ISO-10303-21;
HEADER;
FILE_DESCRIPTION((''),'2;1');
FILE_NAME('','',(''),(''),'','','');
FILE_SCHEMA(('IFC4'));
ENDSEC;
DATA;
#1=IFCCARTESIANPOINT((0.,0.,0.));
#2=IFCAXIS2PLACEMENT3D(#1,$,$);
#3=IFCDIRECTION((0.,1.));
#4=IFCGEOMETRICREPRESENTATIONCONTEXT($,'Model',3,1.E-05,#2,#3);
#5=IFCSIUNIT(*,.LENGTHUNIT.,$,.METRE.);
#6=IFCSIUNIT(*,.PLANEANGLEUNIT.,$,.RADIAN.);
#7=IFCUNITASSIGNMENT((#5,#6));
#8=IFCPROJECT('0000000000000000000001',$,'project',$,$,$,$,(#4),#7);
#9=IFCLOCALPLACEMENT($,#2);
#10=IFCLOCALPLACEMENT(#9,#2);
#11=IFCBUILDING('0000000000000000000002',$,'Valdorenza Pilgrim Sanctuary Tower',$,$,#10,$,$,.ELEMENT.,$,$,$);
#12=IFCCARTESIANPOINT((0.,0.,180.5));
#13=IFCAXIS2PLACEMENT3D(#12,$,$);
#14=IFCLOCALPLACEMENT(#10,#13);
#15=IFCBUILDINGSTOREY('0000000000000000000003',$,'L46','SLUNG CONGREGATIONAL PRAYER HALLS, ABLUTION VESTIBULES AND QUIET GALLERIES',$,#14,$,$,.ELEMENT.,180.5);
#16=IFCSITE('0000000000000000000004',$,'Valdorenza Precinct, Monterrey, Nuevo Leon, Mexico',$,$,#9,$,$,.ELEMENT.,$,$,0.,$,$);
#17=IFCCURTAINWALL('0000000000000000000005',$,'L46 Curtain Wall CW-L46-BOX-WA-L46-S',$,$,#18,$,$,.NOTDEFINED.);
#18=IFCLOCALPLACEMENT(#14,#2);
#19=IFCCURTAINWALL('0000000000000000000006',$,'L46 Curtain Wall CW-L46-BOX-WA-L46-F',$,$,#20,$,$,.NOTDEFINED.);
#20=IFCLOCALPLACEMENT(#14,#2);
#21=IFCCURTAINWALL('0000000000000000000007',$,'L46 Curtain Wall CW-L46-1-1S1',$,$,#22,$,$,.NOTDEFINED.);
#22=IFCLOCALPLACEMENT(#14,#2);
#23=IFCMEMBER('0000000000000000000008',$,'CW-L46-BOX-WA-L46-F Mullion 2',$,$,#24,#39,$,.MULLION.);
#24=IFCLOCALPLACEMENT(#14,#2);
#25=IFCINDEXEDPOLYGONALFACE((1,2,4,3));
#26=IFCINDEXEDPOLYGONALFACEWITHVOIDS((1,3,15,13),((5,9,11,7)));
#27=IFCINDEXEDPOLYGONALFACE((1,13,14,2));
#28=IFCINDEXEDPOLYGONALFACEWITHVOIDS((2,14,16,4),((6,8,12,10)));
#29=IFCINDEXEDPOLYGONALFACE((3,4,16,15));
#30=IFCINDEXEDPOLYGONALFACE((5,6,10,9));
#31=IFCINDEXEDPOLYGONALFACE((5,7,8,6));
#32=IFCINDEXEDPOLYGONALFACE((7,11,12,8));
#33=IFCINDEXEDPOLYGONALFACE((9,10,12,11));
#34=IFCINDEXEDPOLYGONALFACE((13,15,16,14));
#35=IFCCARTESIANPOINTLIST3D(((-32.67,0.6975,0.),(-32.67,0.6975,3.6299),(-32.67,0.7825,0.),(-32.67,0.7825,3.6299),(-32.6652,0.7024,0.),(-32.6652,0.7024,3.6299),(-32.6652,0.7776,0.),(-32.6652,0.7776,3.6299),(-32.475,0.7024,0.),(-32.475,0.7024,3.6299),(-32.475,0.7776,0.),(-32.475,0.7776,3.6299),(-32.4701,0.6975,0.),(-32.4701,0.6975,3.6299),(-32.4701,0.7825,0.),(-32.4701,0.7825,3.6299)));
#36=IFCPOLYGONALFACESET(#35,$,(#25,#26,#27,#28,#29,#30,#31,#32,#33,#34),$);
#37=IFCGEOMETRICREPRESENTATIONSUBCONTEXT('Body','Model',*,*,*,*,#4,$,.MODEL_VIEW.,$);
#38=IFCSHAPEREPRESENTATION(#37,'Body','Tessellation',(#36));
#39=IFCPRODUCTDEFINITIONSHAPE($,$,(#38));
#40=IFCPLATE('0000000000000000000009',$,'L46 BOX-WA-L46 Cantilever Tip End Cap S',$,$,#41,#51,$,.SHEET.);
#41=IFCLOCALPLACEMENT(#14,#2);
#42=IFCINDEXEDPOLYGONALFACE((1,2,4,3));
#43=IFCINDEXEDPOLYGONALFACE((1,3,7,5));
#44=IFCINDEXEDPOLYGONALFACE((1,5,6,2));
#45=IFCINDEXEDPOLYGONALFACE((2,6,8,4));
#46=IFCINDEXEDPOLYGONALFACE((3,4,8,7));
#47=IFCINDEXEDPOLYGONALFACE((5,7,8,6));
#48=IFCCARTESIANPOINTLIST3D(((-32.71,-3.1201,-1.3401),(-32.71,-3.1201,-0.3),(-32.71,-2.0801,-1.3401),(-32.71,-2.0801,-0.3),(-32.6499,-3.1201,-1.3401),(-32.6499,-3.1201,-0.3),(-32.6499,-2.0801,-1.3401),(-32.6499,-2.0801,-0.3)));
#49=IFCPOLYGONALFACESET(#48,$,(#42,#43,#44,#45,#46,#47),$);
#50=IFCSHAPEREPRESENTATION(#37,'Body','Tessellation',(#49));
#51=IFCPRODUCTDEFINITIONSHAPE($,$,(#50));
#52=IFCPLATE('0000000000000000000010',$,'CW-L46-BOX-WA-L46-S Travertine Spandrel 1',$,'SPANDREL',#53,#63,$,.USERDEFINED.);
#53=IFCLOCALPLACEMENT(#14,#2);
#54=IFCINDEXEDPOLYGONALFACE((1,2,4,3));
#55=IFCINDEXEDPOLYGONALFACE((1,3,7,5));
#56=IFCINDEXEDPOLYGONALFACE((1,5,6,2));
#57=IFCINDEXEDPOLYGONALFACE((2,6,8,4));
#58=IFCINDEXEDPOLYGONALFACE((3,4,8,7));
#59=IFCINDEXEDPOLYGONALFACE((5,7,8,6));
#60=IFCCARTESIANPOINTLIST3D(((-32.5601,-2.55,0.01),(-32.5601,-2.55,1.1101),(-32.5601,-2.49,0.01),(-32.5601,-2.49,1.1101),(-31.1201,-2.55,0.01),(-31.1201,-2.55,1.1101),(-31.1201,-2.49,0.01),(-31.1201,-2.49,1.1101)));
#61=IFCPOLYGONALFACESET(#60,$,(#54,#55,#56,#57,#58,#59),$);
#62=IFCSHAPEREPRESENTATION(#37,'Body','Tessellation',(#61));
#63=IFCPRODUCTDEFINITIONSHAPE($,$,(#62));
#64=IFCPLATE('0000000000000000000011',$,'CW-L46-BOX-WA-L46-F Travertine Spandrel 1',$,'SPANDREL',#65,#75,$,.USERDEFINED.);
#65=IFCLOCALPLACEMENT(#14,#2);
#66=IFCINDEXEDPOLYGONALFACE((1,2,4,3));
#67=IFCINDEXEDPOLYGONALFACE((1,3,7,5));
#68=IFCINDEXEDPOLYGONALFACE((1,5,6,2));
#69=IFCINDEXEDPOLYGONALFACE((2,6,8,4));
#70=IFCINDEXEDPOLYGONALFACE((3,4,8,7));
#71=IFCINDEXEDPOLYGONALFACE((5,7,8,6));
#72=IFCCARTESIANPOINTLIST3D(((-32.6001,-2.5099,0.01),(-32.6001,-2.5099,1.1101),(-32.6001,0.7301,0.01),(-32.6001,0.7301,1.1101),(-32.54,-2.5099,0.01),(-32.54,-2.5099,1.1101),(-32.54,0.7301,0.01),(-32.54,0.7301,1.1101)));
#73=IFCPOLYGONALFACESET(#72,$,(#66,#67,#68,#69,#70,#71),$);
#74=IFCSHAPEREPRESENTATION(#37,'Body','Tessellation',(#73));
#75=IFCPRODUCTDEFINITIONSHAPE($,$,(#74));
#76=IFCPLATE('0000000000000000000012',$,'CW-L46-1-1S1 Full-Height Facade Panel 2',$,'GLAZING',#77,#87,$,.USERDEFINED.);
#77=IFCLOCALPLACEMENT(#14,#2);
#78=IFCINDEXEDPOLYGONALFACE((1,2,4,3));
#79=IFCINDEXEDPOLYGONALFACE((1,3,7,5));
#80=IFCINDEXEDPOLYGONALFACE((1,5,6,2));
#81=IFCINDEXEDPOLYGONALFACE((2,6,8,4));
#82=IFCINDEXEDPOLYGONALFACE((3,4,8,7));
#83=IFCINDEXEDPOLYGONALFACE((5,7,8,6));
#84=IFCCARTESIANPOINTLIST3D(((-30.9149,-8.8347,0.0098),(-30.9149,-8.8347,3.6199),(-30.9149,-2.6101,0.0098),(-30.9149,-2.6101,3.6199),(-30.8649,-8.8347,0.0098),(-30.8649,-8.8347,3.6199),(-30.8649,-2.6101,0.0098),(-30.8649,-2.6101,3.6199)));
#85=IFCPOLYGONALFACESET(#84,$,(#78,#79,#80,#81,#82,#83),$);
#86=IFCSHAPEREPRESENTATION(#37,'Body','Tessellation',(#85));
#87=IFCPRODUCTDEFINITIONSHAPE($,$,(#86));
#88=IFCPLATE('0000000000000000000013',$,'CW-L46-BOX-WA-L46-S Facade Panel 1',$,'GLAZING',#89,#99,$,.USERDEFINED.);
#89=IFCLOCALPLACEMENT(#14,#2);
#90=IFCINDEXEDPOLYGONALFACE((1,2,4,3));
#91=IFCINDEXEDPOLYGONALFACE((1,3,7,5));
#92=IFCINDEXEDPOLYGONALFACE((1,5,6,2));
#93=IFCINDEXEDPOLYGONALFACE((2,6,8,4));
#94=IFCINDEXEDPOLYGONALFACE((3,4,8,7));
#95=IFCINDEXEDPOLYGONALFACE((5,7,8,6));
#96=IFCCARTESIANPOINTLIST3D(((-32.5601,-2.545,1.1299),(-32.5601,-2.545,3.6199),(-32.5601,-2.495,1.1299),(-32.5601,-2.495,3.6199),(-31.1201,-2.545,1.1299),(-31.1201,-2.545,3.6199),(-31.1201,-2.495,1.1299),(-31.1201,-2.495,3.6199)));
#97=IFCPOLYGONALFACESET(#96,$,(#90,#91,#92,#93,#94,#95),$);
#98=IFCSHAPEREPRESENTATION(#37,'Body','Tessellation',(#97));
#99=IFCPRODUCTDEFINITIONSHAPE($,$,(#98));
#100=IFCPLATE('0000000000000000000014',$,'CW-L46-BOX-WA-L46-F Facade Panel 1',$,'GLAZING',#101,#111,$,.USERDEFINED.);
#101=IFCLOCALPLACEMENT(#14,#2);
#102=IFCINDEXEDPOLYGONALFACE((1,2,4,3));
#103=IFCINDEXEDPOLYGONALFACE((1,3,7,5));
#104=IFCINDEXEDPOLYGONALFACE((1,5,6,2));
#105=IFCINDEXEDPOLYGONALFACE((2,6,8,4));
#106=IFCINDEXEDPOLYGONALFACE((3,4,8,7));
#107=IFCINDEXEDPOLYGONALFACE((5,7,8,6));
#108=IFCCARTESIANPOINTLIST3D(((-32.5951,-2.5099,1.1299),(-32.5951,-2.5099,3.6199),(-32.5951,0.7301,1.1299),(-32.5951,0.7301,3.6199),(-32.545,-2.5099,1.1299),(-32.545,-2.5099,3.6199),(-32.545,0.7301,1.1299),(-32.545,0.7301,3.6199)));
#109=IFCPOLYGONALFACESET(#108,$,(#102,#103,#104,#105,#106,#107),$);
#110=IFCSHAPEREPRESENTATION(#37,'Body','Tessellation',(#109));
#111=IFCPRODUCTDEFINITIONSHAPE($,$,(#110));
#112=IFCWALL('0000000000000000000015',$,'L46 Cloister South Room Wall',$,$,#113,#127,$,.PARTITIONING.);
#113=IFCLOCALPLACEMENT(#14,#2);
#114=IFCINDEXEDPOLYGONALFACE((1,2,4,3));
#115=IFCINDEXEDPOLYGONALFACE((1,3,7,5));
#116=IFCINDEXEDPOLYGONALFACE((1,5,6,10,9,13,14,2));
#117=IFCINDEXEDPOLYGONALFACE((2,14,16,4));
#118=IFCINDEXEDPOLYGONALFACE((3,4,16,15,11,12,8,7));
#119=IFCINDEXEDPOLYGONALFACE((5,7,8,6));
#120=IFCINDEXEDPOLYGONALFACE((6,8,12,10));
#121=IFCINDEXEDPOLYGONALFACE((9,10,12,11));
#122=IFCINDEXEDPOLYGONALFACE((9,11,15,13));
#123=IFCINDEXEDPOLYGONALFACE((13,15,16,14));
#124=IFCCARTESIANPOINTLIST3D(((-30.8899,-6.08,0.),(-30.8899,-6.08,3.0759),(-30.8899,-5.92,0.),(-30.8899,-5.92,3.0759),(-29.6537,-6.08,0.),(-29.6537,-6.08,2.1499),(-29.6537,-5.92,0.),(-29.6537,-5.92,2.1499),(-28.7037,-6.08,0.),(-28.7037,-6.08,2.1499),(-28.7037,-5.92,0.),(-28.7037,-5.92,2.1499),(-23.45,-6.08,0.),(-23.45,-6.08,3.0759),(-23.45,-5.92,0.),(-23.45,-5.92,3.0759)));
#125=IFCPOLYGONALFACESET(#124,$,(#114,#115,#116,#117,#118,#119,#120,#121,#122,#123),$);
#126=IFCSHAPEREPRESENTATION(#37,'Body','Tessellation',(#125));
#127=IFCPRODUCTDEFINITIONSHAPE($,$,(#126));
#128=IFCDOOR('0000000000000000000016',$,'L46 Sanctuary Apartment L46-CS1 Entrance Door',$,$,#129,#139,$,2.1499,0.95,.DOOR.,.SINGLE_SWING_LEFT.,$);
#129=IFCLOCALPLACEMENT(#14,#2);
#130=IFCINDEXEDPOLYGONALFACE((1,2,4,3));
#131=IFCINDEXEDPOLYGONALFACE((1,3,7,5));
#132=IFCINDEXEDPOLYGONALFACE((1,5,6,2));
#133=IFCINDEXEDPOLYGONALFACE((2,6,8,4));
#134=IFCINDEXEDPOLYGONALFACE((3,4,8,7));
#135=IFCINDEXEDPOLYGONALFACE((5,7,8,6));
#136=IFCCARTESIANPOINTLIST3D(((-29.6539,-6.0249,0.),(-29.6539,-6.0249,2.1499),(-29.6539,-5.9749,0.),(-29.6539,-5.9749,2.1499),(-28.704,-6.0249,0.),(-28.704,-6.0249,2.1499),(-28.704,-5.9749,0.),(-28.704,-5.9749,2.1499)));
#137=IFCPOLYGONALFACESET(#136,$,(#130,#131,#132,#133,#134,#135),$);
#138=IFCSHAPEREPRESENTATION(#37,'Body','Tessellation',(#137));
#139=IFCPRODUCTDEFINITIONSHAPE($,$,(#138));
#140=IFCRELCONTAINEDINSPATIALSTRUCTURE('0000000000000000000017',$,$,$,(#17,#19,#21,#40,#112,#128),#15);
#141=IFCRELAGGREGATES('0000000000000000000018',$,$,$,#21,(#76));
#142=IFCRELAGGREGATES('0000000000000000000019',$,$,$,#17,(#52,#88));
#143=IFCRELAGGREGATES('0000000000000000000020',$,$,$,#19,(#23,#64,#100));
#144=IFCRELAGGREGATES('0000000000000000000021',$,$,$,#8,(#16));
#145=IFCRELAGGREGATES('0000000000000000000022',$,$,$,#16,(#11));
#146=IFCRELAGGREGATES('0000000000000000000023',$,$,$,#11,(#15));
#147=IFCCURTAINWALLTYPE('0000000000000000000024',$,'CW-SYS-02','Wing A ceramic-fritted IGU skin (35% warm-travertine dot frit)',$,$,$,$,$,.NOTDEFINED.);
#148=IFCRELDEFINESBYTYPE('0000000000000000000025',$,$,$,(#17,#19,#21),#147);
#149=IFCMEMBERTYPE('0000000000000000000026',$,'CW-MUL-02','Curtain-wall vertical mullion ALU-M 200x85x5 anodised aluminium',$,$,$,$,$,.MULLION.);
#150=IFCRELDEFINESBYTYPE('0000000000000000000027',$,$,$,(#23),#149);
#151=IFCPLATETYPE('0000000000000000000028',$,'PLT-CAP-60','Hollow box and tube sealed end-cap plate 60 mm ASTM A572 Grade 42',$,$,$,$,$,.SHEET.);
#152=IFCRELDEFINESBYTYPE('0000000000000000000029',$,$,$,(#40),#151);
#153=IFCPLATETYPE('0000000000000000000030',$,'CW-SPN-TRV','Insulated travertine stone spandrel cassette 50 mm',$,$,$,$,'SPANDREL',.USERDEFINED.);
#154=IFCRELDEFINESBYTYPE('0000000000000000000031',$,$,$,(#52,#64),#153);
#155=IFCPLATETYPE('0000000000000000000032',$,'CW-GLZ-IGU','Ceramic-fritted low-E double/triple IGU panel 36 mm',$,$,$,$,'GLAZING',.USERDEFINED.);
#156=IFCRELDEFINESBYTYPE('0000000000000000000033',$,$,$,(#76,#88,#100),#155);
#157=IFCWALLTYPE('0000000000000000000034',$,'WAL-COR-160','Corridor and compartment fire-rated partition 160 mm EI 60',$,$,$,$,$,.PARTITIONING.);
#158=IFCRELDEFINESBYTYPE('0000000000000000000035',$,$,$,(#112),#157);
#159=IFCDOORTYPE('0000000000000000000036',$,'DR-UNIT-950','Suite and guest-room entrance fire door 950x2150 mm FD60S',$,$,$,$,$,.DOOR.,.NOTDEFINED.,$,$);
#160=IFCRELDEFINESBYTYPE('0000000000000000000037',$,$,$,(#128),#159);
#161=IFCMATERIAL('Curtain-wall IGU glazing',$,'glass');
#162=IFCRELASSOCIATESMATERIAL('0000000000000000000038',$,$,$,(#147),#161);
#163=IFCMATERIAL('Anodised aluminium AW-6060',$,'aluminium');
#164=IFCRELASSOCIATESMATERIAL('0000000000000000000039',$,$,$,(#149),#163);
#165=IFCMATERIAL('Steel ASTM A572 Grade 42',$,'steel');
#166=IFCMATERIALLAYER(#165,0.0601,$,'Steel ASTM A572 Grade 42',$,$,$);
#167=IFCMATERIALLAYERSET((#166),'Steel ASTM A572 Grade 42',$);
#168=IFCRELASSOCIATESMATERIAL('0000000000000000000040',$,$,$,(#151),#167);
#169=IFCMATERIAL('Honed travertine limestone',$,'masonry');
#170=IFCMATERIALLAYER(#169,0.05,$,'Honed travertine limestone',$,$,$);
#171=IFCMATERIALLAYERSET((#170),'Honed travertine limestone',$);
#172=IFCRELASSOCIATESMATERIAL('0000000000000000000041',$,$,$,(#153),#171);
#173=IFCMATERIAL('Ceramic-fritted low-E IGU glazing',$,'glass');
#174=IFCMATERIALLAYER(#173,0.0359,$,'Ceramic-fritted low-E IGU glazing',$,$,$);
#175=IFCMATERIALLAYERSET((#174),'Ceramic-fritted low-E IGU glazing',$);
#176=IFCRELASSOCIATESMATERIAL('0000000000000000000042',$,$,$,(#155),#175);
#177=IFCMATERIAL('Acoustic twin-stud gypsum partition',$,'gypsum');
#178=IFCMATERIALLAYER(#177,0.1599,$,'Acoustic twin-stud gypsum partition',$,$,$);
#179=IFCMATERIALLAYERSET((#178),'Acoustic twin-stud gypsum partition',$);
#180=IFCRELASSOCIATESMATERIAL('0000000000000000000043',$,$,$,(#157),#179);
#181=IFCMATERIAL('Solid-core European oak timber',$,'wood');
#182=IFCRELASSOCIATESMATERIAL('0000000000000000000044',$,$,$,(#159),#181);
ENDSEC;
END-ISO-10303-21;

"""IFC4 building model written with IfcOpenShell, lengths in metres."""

from ifc_helpers import new_model, si_unit, direction, frame, frame_2d, origin, origin_2d, place, context, subcontext, project, spatial, rectangle, hollow_rectangle, extrude, source, transform, mapped, material, layer, layer_set, material_profile, profile_set, type_object, element, fill, aggregate, save


model = new_model("IFC4")

# Units and contexts
model_context = context("Model", 3, precision=1e-05, world=origin(), true_north=direction((0.0, 1.0)))
body_context = subcontext(model_context, "Body", "Model", "MODEL_VIEW")
ifc_project = project(units=[si_unit("LENGTHUNIT", "METRE"), si_unit("PLANEANGLEUNIT", "RADIAN")], contexts=[model_context])

# Site, building, storey
site_placement = place(None, origin())
site = spatial("IfcSite", under=ifc_project, at=site_placement, Name="Valdorenza Precinct, Monterrey, Nuevo Leon, Mexico", CompositionType="ELEMENT", RefElevation=0.0)
building_placement = place(site_placement, origin())
building = spatial("IfcBuilding", under=site, at=building_placement, Name="Valdorenza Pilgrim Sanctuary Tower", CompositionType="ELEMENT")
storey_placement = place(building_placement, frame((0.0, 0.0, 180.5)))
storey = spatial("IfcBuildingStorey", under=building, at=storey_placement, Name="L46", Description="SLUNG CONGREGATIONAL PRAYER HALLS, ABLUTION VESTIBULES AND QUIET GALLERIES", CompositionType="ELEMENT", Elevation=180.5)

# Curtain walls
ifc_material_1 = material(Name="Curtain-wall IGU glazing", Category="glass")
curtain_wall_type = type_object("IfcCurtainWallType", Name="CW-SYS-02", Description="Wing A ceramic-fritted IGU skin (35% warm-travertine dot frit)", PredefinedType="NOTDEFINED", material=ifc_material_1)
curtain_wall_1_placement = place(storey_placement, origin())
curtain_wall_1 = element("IfcCurtainWall", 1, at=curtain_wall_1_placement, inside=storey, type_object=curtain_wall_type, Name="L46 Curtain Wall CW-L46-BOX-WA-L46-S", PredefinedType="NOTDEFINED")
ifc_material_2 = material(Name="Anodised aluminium AW-6060", Category="aluminium")
curtain_wall_2_placement = place(storey_placement, origin())
curtain_wall_2 = element("IfcCurtainWall", 2, at=curtain_wall_2_placement, inside=storey, type_object=curtain_wall_type, Name="L46 Curtain Wall CW-L46-BOX-WA-L46-F", PredefinedType="NOTDEFINED")

# Curtain wall
curtain_wall_3_placement = place(storey_placement, origin())
curtain_wall_3 = element("IfcCurtainWall", 3, at=curtain_wall_3_placement, inside=storey, type_object=curtain_wall_type, Name="L46 Curtain Wall CW-L46-1-1S1", PredefinedType="NOTDEFINED")
ifc_material_profile_1 = material_profile(ifc_material_2, hollow_rectangle(XDim=0.085, YDim=0.2, WallThickness=0.0049, at=origin_2d()), Name="ALU-M 200x85x5")
ifc_profile_set_1 = profile_set([ifc_material_profile_1], Name="Anodised aluminium AW-6060")
member_type_1 = type_object("IfcMemberType", Name="CW-MUL-02", Description="Curtain-wall vertical mullion ALU-M 200x85x5 anodised aluminium", PredefinedType="MULLION", material=ifc_profile_set_1)
shared_shape_1 = source(origin(), body_context, "Body", "SweptSolid", [
    extrude(hollow_rectangle(XDim=0.085, YDim=0.2, WallThickness=0.0049, at=origin_2d()), origin(), (0.0, 0.0, 1.0), 3.6299),
])

# Member
member_1_placement = place(storey_placement, frame((-32.5701, 0.74, 0.0), z_axis=(0.0, 0.0, 1.0), x_axis=(0.0, 1.0, 0.0)))
member_1 = element("IfcMember", 4, at=member_1_placement, type_object=member_type_1, Name="CW-L46-BOX-WA-L46-F Mullion 2", PredefinedType="MULLION", context=body_context, shape_type="MappedRepresentation", body=[
    mapped(shared_shape_1, transform((0.0, 0.0, 0.0), x_axis=(1.0, 0.0, 0.0), y_axis=(0.0, 1.0, 0.0), z_axis=(0.0, 0.0, 1.0), scale=1.0)),
])

# Plates
ifc_material_3 = material(Name="Steel ASTM A572 Grade 42", Category="steel")
ifc_layer_1 = layer(ifc_material_3, 0.0601, Name="Steel ASTM A572 Grade 42")
ifc_layer_set_1 = layer_set([ifc_layer_1], Name="Steel ASTM A572 Grade 42")
plate_type_1 = type_object("IfcPlateType", Name="PLT-CAP-60", Description="Hollow box and tube sealed end-cap plate 60 mm ASTM A572 Grade 42", PredefinedType="SHEET", material=ifc_layer_set_1)
shared_shape_2 = source(origin(), body_context, "Body", "SweptSolid", [
    extrude(rectangle(XDim=0.0601, YDim=1.04, at=origin_2d()), origin(), (0.0, 0.0, 1.0), 1.04),
])
plate_1_placement = place(storey_placement, frame((-32.6799, -2.6001, -1.3401), z_axis=(0.0, 0.0, 1.0), x_axis=(1.0, 0.0, 0.0)))
element("IfcPlate", 5, at=plate_1_placement, inside=storey, type_object=plate_type_1, Name="L46 BOX-WA-L46 Cantilever Tip End Cap S", PredefinedType="SHEET", context=body_context, shape_type="MappedRepresentation", body=[
    mapped(shared_shape_2, transform((0.0, 0.0, 0.0), x_axis=(1.0, 0.0, 0.0), y_axis=(0.0, 1.0, 0.0), z_axis=(0.0, 0.0, 1.0), scale=1.0)),
])
ifc_material_4 = material(Name="Honed travertine limestone", Category="masonry")
ifc_layer_2 = layer(ifc_material_4, 0.05, Name="Honed travertine limestone")
ifc_layer_set_2 = layer_set([ifc_layer_2], Name="Honed travertine limestone")
plate_type_2 = type_object("IfcPlateType", Name="CW-SPN-TRV", Description="Insulated travertine stone spandrel cassette 50 mm", ElementType="SPANDREL", PredefinedType="USERDEFINED", material=ifc_layer_set_2)
shared_shape_3 = source(origin(), body_context, "Body", "SweptSolid", [
    extrude(rectangle(XDim=1.4399, YDim=0.0601, at=origin_2d()), origin(), (0.0, 0.0, 1.0), 1.1001),
])
plate_2_placement = place(storey_placement, frame((-31.8401, -2.52, 0.01), z_axis=(0.0, 0.0, 1.0), x_axis=(-1.0, 0.0, 0.0)))
plate_2 = element("IfcPlate", 6, at=plate_2_placement, type_object=plate_type_2, Name="CW-L46-BOX-WA-L46-S Travertine Spandrel 1", ObjectType="SPANDREL", PredefinedType="USERDEFINED", context=body_context, shape_type="MappedRepresentation", body=[
    mapped(shared_shape_3, transform((0.0, 0.0, 0.0), x_axis=(1.0, 0.0, 0.0), y_axis=(0.0, 1.0, 0.0), z_axis=(0.0, 0.0, 1.0), scale=1.0)),
])
shared_shape_4 = source(origin(), body_context, "Body", "SweptSolid", [
    extrude(rectangle(XDim=3.24, YDim=0.0601, at=origin_2d()), origin(), (0.0, 0.0, 1.0), 1.1001),
])
plate_3_placement = place(storey_placement, frame((-32.5701, -0.8899, 0.01), z_axis=(0.0, 0.0, 1.0), x_axis=(0.0, 1.0, 0.0)))
plate_3 = element("IfcPlate", 7, at=plate_3_placement, type_object=plate_type_2, Name="CW-L46-BOX-WA-L46-F Travertine Spandrel 1", ObjectType="SPANDREL", PredefinedType="USERDEFINED", context=body_context, shape_type="MappedRepresentation", body=[
    mapped(shared_shape_4, transform((0.0, 0.0, 0.0), x_axis=(1.0, 0.0, 0.0), y_axis=(0.0, 1.0, 0.0), z_axis=(0.0, 0.0, 1.0), scale=1.0)),
])
ifc_material_5 = material(Name="Ceramic-fritted low-E IGU glazing", Category="glass")
ifc_layer_3 = layer(ifc_material_5, 0.0359, Name="Ceramic-fritted low-E IGU glazing")
ifc_layer_set_3 = layer_set([ifc_layer_3], Name="Ceramic-fritted low-E IGU glazing")
plate_type_3 = type_object("IfcPlateType", Name="CW-GLZ-IGU", Description="Ceramic-fritted low-E double/triple IGU panel 36 mm", ElementType="GLAZING", PredefinedType="USERDEFINED", material=ifc_layer_set_3)
shared_shape_5 = source(origin(), body_context, "Body", "SweptSolid", [
    extrude(rectangle(XDim=6.2246, YDim=0.05, at=origin_2d()), origin(), (0.0, 0.0, 1.0), 3.6101),
])
plate_4_placement = place(storey_placement, frame((-30.8899, -5.7224, 0.0098), z_axis=(0.0, 0.0, 1.0), x_axis=(0.0, 1.0, 0.0)))
plate_4 = element("IfcPlate", 8, at=plate_4_placement, type_object=plate_type_3, Name="CW-L46-1-1S1 Full-Height Facade Panel 2", ObjectType="GLAZING", PredefinedType="USERDEFINED", context=body_context, shape_type="MappedRepresentation", body=[
    mapped(shared_shape_5, transform((0.0, 0.0, 0.0), x_axis=(1.0, 0.0, 0.0), y_axis=(0.0, 1.0, 0.0), z_axis=(0.0, 0.0, 1.0), scale=1.0)),
])
aggregate(curtain_wall_3, [plate_4])
shared_shape_6 = source(origin(), body_context, "Body", "SweptSolid", [
    extrude(rectangle(XDim=1.4399, YDim=0.05, at=origin_2d()), origin(), (0.0, 0.0, 1.0), 2.49),
])
plate_5_placement = place(storey_placement, frame((-31.8401, -2.52, 1.1299), z_axis=(0.0, 0.0, 1.0), x_axis=(-1.0, 0.0, 0.0)))
plate_5 = element("IfcPlate", 9, at=plate_5_placement, type_object=plate_type_3, Name="CW-L46-BOX-WA-L46-S Facade Panel 1", ObjectType="GLAZING", PredefinedType="USERDEFINED", context=body_context, shape_type="MappedRepresentation", body=[
    mapped(shared_shape_6, transform((0.0, 0.0, 0.0), x_axis=(1.0, 0.0, 0.0), y_axis=(0.0, 1.0, 0.0), z_axis=(0.0, 0.0, 1.0), scale=1.0)),
])
aggregate(curtain_wall_1, [plate_2, plate_5])
shared_shape_7 = source(origin(), body_context, "Body", "SweptSolid", [
    extrude(rectangle(XDim=3.24, YDim=0.05, at=origin_2d()), origin(), (0.0, 0.0, 1.0), 2.49),
])
plate_6_placement = place(storey_placement, frame((-32.5701, -0.8899, 1.1299), z_axis=(0.0, 0.0, 1.0), x_axis=(0.0, 1.0, 0.0)))
plate_6 = element("IfcPlate", 10, at=plate_6_placement, type_object=plate_type_3, Name="CW-L46-BOX-WA-L46-F Facade Panel 1", ObjectType="GLAZING", PredefinedType="USERDEFINED", context=body_context, shape_type="MappedRepresentation", body=[
    mapped(shared_shape_7, transform((0.0, 0.0, 0.0), x_axis=(1.0, 0.0, 0.0), y_axis=(0.0, 1.0, 0.0), z_axis=(0.0, 0.0, 1.0), scale=1.0)),
])
aggregate(curtain_wall_2, [member_1, plate_3, plate_6])

# Wall, opening, door
ifc_material_6 = material(Name="Acoustic twin-stud gypsum partition", Category="gypsum")
ifc_layer_4 = layer(ifc_material_6, 0.1599, Name="Acoustic twin-stud gypsum partition")
ifc_layer_set_4 = layer_set([ifc_layer_4], Name="Acoustic twin-stud gypsum partition")
wall_type = type_object("IfcWallType", Name="WAL-COR-160", Description="Corridor and compartment fire-rated partition 160 mm EI 60", PredefinedType="PARTITIONING", material=ifc_layer_set_4)
wall_1_placement = place(storey_placement, frame((-30.8899, -6.0, 0.0), z_axis=(0.0, 0.0, 1.0), x_axis=(1.0, 0.0, 0.0)))
wall_1 = element("IfcWall", 11, at=wall_1_placement, inside=storey, type_object=wall_type, Name="L46 Cloister South Room Wall", PredefinedType="PARTITIONING", context=body_context, shape_type="SweptSolid", body=[
    extrude(rectangle(XDim=7.4399, YDim=0.1599, at=frame_2d((3.72, 0.0))), origin(), (0.0, 0.0, 1.0), 3.0759),
])
opening_1_placement = place(wall_1_placement, frame((1.2361, 0.0, 0.0)))
opening_1 = element("IfcOpeningElement", 12, at=opening_1_placement, cuts=wall_1, PredefinedType="OPENING", context=body_context, shape_type="SweptSolid", body=[
    extrude(rectangle(XDim=0.95, YDim=2.1499, at=frame_2d((0.4751, 1.075))), frame((0.0, 0.0947, 0.0), z_axis=(0.0, -1.0, 0.0), x_axis=(1.0, 0.0, 0.0)), (0.0, 0.0, 1.0), 0.1897),
])
ifc_material_7 = material(Name="Solid-core European oak timber", Category="wood")
door_type_1 = type_object("IfcDoorType", Name="DR-UNIT-950", Description="Suite and guest-room entrance fire door 950x2150 mm FD60S", OperationType="NOTDEFINED", PredefinedType="DOOR", material=ifc_material_7)
door_1_placement = place(opening_1_placement, frame((0.95, 0.0, 0.0), z_axis=(0.0, 0.0, 1.0), x_axis=(-1.0, 0.0, 0.0)))
door_1 = element("IfcDoor", 13, at=door_1_placement, inside=storey, type_object=door_type_1, Name="L46 Sanctuary Apartment L46-CS1 Entrance Door", OperationType="SINGLE_SWING_LEFT", OverallHeight=2.1499, OverallWidth=0.95, PredefinedType="DOOR", context=body_context, shape_type="SweptSolid", body=[
    extrude(rectangle(XDim=0.95, YDim=2.1499, at=frame_2d((0.4751, 1.075))), frame((0.0, 0.0249, 0.0), z_axis=(0.0, -1.0, 0.0), x_axis=(1.0, 0.0, 0.0)), (0.0, 0.0, 1.0), 0.05),
])
fill(opening_1, door_1)

save(model, "model.ifc")
